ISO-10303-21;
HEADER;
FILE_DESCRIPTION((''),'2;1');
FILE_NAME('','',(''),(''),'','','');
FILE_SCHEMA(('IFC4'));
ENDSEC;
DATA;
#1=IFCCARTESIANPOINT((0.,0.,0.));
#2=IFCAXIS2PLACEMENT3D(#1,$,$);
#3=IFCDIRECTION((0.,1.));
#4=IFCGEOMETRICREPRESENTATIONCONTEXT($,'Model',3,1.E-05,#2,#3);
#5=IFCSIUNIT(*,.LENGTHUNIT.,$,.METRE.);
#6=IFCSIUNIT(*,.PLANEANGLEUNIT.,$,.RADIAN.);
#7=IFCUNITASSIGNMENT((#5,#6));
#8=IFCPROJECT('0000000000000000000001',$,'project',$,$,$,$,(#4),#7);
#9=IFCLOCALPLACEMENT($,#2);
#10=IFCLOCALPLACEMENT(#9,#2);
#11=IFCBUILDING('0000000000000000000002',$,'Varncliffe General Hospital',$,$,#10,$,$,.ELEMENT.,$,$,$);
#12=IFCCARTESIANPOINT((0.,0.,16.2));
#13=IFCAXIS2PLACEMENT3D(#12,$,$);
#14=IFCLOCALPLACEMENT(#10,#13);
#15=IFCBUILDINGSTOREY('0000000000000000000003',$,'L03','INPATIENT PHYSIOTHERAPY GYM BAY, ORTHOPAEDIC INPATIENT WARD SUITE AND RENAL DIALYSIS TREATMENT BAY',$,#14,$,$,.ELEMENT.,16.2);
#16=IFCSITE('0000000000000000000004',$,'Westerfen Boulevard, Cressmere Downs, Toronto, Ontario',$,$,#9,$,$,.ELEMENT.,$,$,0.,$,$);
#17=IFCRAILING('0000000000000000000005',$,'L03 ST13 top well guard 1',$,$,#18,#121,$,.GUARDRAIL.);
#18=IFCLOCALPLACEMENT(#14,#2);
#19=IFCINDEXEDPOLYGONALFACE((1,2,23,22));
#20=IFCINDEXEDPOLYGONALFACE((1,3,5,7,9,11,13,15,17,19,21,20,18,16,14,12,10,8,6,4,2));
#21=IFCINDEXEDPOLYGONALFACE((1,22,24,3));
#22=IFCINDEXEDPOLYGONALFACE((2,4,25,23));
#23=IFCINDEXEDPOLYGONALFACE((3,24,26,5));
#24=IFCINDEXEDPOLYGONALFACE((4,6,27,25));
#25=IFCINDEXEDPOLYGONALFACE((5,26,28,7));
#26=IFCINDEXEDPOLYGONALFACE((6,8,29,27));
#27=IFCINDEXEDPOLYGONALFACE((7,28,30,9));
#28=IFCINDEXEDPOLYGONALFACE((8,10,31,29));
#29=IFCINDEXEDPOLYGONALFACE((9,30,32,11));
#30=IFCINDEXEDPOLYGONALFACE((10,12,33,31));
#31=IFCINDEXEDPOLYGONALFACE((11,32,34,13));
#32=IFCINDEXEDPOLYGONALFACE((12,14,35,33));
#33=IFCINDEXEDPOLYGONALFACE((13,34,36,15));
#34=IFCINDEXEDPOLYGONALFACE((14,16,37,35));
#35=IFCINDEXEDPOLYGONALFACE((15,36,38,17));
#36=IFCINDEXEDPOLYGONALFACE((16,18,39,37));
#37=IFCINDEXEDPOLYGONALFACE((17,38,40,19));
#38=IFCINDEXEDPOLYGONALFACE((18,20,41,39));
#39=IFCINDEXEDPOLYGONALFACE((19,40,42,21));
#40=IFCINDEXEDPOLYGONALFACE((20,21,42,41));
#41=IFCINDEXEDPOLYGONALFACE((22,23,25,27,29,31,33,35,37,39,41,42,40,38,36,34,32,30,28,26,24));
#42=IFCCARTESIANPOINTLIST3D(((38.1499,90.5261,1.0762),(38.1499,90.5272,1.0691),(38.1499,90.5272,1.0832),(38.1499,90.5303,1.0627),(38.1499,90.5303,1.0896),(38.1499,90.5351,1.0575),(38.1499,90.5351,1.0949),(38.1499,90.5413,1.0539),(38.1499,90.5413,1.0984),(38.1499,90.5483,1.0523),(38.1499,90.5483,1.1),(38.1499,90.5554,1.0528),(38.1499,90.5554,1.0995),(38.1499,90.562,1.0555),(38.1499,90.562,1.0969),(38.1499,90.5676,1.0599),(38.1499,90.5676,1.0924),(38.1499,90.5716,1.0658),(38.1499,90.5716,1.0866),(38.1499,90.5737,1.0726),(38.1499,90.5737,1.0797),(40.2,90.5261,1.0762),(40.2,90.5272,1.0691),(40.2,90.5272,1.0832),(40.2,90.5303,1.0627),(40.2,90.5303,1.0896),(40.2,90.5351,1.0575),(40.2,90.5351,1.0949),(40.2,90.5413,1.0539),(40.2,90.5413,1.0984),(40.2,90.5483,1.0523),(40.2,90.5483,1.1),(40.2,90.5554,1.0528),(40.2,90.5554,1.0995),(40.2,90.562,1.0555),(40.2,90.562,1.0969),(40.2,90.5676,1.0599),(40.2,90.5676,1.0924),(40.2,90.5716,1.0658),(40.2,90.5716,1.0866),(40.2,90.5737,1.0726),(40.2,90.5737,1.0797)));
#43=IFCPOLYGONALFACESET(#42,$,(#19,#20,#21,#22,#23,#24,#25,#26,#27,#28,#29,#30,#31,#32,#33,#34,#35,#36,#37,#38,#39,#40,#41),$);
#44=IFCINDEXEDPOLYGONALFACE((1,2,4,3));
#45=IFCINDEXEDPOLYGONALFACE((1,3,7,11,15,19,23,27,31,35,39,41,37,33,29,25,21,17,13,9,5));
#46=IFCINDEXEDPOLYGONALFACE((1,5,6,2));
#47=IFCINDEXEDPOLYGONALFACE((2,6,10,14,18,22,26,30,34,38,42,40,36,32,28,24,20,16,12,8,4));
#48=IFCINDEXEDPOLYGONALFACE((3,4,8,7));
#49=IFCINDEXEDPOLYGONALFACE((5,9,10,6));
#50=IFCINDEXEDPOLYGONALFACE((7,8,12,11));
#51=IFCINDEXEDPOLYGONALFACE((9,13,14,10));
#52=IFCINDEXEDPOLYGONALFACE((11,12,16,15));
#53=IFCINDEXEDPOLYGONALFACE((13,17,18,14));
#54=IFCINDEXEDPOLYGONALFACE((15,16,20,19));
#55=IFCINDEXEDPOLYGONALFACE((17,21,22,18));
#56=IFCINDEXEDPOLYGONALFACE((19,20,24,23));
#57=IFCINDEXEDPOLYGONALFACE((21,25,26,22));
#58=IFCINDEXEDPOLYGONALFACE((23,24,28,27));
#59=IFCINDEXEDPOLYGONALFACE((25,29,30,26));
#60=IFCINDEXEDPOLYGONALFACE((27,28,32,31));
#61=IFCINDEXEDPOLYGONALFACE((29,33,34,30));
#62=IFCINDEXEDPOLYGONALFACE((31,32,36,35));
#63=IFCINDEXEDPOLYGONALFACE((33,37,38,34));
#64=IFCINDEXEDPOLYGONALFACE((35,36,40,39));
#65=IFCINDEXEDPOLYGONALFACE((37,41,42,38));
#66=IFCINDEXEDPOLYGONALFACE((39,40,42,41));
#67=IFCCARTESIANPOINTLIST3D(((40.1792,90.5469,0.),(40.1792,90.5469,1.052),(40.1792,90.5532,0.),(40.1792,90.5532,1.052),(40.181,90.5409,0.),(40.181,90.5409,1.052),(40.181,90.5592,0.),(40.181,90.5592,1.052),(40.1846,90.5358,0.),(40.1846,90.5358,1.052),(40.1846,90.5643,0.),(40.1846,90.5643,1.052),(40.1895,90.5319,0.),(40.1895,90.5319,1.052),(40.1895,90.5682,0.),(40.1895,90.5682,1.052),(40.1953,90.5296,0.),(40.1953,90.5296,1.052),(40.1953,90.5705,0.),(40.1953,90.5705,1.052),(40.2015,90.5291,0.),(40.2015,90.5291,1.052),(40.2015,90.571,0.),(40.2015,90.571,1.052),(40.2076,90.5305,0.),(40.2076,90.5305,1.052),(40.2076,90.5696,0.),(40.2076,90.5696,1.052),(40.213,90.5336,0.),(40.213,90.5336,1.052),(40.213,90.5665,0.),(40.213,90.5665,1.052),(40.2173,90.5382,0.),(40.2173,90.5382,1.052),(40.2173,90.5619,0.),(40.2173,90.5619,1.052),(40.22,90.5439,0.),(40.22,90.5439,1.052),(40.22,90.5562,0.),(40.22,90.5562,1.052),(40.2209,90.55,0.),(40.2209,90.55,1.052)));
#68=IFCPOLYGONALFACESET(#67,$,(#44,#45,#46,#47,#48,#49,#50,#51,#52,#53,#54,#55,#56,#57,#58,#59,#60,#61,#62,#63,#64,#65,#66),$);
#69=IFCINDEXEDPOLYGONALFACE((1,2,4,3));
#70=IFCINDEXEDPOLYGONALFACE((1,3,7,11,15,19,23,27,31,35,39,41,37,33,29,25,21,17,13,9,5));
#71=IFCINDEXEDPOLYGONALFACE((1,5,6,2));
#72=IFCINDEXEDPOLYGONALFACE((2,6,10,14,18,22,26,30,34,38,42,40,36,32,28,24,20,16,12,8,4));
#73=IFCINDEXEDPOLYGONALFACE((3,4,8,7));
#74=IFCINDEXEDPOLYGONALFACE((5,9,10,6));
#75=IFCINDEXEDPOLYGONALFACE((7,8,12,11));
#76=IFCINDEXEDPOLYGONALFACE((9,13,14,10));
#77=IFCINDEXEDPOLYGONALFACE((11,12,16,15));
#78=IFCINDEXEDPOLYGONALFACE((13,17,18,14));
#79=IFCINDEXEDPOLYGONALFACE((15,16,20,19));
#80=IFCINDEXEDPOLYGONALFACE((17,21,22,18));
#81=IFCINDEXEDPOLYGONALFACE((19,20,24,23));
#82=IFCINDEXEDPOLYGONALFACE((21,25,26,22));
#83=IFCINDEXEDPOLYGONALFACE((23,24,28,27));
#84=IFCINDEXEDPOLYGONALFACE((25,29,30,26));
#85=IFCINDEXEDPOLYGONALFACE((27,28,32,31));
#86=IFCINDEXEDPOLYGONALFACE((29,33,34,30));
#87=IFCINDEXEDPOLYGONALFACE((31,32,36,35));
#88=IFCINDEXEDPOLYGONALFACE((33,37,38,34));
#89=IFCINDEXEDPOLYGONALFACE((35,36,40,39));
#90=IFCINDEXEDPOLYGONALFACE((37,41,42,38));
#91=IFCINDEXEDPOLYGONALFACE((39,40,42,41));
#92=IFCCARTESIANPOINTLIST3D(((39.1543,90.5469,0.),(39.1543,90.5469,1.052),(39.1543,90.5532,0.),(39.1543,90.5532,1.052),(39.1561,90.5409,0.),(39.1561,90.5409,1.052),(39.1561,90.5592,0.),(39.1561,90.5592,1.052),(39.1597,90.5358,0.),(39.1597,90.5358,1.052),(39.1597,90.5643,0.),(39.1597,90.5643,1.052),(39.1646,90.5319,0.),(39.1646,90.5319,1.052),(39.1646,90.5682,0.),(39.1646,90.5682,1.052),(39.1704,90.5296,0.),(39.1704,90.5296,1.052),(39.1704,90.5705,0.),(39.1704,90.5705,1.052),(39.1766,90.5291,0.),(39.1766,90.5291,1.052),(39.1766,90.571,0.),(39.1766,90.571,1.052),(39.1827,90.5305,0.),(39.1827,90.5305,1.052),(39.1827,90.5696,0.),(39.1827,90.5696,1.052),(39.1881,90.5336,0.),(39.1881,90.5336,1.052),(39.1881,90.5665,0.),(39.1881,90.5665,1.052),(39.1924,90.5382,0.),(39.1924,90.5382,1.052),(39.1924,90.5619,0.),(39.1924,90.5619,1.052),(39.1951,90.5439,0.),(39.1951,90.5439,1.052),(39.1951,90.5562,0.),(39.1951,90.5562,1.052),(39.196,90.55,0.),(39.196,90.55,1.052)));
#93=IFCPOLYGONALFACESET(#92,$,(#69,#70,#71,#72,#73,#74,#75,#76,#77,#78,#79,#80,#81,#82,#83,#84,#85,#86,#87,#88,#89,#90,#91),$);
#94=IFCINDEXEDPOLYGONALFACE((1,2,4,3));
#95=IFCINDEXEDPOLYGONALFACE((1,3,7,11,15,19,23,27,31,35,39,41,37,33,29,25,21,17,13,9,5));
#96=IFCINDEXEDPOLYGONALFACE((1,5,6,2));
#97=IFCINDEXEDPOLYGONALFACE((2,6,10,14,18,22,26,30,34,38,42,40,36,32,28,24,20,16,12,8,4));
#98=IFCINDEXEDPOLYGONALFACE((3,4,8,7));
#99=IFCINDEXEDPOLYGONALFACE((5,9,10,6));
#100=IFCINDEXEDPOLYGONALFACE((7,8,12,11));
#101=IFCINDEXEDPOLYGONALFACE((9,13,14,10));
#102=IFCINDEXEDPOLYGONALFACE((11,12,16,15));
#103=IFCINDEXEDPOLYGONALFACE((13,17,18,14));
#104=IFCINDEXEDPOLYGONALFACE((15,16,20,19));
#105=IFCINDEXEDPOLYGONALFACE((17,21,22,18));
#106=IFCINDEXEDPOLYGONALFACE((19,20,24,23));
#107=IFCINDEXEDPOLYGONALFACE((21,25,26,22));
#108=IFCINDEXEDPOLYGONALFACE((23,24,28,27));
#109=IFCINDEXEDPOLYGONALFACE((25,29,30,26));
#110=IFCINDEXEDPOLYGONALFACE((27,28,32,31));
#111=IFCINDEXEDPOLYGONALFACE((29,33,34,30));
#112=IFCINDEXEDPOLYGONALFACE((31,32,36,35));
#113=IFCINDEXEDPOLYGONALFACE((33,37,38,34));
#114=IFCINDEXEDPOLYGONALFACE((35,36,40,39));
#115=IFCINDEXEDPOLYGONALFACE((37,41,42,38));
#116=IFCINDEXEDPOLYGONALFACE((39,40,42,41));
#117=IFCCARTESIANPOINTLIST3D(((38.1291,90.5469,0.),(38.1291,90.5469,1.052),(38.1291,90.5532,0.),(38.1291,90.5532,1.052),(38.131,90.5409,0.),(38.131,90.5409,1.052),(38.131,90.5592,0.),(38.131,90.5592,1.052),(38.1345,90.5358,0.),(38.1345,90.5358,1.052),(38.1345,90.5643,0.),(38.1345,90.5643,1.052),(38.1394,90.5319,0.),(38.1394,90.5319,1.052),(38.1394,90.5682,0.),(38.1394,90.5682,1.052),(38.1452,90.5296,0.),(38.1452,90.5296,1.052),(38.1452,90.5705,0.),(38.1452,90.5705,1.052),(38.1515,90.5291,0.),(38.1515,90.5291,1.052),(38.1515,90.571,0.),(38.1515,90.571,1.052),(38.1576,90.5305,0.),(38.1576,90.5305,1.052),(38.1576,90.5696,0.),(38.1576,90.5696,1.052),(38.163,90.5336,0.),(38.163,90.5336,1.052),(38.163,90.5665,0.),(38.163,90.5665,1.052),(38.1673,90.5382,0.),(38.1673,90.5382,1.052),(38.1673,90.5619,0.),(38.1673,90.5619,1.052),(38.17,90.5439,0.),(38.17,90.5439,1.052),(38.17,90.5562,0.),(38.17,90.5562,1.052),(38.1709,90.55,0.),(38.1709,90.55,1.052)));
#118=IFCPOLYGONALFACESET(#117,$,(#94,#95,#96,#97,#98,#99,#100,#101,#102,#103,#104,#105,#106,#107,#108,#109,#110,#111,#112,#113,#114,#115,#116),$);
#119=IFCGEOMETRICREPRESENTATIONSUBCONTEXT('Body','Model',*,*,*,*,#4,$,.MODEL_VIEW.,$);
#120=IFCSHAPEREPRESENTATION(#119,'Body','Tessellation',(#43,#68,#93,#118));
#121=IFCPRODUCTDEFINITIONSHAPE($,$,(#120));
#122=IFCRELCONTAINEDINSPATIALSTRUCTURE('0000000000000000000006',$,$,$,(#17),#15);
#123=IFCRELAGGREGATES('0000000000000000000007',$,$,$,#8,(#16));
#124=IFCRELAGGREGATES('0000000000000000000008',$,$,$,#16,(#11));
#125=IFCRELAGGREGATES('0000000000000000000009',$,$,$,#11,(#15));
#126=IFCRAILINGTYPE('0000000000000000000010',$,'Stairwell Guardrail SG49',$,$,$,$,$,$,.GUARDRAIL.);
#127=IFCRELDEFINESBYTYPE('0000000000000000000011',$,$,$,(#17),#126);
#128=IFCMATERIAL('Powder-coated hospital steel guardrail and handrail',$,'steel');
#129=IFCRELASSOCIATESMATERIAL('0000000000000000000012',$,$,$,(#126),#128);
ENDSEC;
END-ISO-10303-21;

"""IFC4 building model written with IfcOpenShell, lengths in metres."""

from ifc_helpers import new_model, si_unit, direction, frame, origin, origin_2d, place, context, subcontext, project, spatial, circle, extrude, material, type_object, element, save


model = new_model("IFC4")

# Units and contexts
model_context = context("Model", 3, precision=1e-05, world=origin(), true_north=direction((0.0, 1.0)))
body_context = subcontext(model_context, "Body", "Model", "MODEL_VIEW")
ifc_project = project(units=[si_unit("LENGTHUNIT", "METRE"), si_unit("PLANEANGLEUNIT", "RADIAN")], contexts=[model_context])

# Site, building, storey
site_placement = place(None, origin())
site = spatial("IfcSite", under=ifc_project, at=site_placement, Name="Westerfen Boulevard, Cressmere Downs, Toronto, Ontario", CompositionType="ELEMENT", RefElevation=0.0)
building_placement = place(site_placement, origin())
building = spatial("IfcBuilding", under=site, at=building_placement, Name="Varncliffe General Hospital", CompositionType="ELEMENT")
storey_placement = place(building_placement, frame((0.0, 0.0, 16.2)))
storey = spatial("IfcBuildingStorey", under=building, at=storey_placement, Name="L03", Description="INPATIENT PHYSIOTHERAPY GYM BAY, ORTHOPAEDIC INPATIENT WARD SUITE AND RENAL DIALYSIS TREATMENT BAY", CompositionType="ELEMENT", Elevation=16.2)

# Railing
ifc_material_1 = material(Name="Powder-coated hospital steel guardrail and handrail", Category="steel")
railing_type = type_object("IfcRailingType", Name="Stairwell Guardrail SG49", PredefinedType="GUARDRAIL", material=ifc_material_1)
railing_placement = place(storey_placement, frame((40.2, 90.55, 0.0)))
element("IfcRailing", 1, at=railing_placement, inside=storey, type_object=railing_type, Name="L03 ST13 top well guard 1", PredefinedType="GUARDRAIL", context=body_context, shape_type="SweptSolid", body=[
    extrude(circle(Radius=0.0239, at=origin_2d()), frame((0.0, 0.0, 1.0762), z_axis=(-1.0, 0.0, 0.0), x_axis=(0.0, -1.0, 0.0)), (0.0, 0.0, 1.0), 2.05),
    extrude(circle(Radius=0.021, at=origin_2d()), origin(), (0.0, 0.0, 1.0), 1.052),
    extrude(circle(Radius=0.021, at=origin_2d()), frame((-1.0249, 0.0, 0.0)), (0.0, 0.0, 1.0), 1.052),
    extrude(circle(Radius=0.021, at=origin_2d()), frame((-2.05, 0.0, 0.0)), (0.0, 0.0, 1.0), 1.052),
])

save(model, "model.ifc")
